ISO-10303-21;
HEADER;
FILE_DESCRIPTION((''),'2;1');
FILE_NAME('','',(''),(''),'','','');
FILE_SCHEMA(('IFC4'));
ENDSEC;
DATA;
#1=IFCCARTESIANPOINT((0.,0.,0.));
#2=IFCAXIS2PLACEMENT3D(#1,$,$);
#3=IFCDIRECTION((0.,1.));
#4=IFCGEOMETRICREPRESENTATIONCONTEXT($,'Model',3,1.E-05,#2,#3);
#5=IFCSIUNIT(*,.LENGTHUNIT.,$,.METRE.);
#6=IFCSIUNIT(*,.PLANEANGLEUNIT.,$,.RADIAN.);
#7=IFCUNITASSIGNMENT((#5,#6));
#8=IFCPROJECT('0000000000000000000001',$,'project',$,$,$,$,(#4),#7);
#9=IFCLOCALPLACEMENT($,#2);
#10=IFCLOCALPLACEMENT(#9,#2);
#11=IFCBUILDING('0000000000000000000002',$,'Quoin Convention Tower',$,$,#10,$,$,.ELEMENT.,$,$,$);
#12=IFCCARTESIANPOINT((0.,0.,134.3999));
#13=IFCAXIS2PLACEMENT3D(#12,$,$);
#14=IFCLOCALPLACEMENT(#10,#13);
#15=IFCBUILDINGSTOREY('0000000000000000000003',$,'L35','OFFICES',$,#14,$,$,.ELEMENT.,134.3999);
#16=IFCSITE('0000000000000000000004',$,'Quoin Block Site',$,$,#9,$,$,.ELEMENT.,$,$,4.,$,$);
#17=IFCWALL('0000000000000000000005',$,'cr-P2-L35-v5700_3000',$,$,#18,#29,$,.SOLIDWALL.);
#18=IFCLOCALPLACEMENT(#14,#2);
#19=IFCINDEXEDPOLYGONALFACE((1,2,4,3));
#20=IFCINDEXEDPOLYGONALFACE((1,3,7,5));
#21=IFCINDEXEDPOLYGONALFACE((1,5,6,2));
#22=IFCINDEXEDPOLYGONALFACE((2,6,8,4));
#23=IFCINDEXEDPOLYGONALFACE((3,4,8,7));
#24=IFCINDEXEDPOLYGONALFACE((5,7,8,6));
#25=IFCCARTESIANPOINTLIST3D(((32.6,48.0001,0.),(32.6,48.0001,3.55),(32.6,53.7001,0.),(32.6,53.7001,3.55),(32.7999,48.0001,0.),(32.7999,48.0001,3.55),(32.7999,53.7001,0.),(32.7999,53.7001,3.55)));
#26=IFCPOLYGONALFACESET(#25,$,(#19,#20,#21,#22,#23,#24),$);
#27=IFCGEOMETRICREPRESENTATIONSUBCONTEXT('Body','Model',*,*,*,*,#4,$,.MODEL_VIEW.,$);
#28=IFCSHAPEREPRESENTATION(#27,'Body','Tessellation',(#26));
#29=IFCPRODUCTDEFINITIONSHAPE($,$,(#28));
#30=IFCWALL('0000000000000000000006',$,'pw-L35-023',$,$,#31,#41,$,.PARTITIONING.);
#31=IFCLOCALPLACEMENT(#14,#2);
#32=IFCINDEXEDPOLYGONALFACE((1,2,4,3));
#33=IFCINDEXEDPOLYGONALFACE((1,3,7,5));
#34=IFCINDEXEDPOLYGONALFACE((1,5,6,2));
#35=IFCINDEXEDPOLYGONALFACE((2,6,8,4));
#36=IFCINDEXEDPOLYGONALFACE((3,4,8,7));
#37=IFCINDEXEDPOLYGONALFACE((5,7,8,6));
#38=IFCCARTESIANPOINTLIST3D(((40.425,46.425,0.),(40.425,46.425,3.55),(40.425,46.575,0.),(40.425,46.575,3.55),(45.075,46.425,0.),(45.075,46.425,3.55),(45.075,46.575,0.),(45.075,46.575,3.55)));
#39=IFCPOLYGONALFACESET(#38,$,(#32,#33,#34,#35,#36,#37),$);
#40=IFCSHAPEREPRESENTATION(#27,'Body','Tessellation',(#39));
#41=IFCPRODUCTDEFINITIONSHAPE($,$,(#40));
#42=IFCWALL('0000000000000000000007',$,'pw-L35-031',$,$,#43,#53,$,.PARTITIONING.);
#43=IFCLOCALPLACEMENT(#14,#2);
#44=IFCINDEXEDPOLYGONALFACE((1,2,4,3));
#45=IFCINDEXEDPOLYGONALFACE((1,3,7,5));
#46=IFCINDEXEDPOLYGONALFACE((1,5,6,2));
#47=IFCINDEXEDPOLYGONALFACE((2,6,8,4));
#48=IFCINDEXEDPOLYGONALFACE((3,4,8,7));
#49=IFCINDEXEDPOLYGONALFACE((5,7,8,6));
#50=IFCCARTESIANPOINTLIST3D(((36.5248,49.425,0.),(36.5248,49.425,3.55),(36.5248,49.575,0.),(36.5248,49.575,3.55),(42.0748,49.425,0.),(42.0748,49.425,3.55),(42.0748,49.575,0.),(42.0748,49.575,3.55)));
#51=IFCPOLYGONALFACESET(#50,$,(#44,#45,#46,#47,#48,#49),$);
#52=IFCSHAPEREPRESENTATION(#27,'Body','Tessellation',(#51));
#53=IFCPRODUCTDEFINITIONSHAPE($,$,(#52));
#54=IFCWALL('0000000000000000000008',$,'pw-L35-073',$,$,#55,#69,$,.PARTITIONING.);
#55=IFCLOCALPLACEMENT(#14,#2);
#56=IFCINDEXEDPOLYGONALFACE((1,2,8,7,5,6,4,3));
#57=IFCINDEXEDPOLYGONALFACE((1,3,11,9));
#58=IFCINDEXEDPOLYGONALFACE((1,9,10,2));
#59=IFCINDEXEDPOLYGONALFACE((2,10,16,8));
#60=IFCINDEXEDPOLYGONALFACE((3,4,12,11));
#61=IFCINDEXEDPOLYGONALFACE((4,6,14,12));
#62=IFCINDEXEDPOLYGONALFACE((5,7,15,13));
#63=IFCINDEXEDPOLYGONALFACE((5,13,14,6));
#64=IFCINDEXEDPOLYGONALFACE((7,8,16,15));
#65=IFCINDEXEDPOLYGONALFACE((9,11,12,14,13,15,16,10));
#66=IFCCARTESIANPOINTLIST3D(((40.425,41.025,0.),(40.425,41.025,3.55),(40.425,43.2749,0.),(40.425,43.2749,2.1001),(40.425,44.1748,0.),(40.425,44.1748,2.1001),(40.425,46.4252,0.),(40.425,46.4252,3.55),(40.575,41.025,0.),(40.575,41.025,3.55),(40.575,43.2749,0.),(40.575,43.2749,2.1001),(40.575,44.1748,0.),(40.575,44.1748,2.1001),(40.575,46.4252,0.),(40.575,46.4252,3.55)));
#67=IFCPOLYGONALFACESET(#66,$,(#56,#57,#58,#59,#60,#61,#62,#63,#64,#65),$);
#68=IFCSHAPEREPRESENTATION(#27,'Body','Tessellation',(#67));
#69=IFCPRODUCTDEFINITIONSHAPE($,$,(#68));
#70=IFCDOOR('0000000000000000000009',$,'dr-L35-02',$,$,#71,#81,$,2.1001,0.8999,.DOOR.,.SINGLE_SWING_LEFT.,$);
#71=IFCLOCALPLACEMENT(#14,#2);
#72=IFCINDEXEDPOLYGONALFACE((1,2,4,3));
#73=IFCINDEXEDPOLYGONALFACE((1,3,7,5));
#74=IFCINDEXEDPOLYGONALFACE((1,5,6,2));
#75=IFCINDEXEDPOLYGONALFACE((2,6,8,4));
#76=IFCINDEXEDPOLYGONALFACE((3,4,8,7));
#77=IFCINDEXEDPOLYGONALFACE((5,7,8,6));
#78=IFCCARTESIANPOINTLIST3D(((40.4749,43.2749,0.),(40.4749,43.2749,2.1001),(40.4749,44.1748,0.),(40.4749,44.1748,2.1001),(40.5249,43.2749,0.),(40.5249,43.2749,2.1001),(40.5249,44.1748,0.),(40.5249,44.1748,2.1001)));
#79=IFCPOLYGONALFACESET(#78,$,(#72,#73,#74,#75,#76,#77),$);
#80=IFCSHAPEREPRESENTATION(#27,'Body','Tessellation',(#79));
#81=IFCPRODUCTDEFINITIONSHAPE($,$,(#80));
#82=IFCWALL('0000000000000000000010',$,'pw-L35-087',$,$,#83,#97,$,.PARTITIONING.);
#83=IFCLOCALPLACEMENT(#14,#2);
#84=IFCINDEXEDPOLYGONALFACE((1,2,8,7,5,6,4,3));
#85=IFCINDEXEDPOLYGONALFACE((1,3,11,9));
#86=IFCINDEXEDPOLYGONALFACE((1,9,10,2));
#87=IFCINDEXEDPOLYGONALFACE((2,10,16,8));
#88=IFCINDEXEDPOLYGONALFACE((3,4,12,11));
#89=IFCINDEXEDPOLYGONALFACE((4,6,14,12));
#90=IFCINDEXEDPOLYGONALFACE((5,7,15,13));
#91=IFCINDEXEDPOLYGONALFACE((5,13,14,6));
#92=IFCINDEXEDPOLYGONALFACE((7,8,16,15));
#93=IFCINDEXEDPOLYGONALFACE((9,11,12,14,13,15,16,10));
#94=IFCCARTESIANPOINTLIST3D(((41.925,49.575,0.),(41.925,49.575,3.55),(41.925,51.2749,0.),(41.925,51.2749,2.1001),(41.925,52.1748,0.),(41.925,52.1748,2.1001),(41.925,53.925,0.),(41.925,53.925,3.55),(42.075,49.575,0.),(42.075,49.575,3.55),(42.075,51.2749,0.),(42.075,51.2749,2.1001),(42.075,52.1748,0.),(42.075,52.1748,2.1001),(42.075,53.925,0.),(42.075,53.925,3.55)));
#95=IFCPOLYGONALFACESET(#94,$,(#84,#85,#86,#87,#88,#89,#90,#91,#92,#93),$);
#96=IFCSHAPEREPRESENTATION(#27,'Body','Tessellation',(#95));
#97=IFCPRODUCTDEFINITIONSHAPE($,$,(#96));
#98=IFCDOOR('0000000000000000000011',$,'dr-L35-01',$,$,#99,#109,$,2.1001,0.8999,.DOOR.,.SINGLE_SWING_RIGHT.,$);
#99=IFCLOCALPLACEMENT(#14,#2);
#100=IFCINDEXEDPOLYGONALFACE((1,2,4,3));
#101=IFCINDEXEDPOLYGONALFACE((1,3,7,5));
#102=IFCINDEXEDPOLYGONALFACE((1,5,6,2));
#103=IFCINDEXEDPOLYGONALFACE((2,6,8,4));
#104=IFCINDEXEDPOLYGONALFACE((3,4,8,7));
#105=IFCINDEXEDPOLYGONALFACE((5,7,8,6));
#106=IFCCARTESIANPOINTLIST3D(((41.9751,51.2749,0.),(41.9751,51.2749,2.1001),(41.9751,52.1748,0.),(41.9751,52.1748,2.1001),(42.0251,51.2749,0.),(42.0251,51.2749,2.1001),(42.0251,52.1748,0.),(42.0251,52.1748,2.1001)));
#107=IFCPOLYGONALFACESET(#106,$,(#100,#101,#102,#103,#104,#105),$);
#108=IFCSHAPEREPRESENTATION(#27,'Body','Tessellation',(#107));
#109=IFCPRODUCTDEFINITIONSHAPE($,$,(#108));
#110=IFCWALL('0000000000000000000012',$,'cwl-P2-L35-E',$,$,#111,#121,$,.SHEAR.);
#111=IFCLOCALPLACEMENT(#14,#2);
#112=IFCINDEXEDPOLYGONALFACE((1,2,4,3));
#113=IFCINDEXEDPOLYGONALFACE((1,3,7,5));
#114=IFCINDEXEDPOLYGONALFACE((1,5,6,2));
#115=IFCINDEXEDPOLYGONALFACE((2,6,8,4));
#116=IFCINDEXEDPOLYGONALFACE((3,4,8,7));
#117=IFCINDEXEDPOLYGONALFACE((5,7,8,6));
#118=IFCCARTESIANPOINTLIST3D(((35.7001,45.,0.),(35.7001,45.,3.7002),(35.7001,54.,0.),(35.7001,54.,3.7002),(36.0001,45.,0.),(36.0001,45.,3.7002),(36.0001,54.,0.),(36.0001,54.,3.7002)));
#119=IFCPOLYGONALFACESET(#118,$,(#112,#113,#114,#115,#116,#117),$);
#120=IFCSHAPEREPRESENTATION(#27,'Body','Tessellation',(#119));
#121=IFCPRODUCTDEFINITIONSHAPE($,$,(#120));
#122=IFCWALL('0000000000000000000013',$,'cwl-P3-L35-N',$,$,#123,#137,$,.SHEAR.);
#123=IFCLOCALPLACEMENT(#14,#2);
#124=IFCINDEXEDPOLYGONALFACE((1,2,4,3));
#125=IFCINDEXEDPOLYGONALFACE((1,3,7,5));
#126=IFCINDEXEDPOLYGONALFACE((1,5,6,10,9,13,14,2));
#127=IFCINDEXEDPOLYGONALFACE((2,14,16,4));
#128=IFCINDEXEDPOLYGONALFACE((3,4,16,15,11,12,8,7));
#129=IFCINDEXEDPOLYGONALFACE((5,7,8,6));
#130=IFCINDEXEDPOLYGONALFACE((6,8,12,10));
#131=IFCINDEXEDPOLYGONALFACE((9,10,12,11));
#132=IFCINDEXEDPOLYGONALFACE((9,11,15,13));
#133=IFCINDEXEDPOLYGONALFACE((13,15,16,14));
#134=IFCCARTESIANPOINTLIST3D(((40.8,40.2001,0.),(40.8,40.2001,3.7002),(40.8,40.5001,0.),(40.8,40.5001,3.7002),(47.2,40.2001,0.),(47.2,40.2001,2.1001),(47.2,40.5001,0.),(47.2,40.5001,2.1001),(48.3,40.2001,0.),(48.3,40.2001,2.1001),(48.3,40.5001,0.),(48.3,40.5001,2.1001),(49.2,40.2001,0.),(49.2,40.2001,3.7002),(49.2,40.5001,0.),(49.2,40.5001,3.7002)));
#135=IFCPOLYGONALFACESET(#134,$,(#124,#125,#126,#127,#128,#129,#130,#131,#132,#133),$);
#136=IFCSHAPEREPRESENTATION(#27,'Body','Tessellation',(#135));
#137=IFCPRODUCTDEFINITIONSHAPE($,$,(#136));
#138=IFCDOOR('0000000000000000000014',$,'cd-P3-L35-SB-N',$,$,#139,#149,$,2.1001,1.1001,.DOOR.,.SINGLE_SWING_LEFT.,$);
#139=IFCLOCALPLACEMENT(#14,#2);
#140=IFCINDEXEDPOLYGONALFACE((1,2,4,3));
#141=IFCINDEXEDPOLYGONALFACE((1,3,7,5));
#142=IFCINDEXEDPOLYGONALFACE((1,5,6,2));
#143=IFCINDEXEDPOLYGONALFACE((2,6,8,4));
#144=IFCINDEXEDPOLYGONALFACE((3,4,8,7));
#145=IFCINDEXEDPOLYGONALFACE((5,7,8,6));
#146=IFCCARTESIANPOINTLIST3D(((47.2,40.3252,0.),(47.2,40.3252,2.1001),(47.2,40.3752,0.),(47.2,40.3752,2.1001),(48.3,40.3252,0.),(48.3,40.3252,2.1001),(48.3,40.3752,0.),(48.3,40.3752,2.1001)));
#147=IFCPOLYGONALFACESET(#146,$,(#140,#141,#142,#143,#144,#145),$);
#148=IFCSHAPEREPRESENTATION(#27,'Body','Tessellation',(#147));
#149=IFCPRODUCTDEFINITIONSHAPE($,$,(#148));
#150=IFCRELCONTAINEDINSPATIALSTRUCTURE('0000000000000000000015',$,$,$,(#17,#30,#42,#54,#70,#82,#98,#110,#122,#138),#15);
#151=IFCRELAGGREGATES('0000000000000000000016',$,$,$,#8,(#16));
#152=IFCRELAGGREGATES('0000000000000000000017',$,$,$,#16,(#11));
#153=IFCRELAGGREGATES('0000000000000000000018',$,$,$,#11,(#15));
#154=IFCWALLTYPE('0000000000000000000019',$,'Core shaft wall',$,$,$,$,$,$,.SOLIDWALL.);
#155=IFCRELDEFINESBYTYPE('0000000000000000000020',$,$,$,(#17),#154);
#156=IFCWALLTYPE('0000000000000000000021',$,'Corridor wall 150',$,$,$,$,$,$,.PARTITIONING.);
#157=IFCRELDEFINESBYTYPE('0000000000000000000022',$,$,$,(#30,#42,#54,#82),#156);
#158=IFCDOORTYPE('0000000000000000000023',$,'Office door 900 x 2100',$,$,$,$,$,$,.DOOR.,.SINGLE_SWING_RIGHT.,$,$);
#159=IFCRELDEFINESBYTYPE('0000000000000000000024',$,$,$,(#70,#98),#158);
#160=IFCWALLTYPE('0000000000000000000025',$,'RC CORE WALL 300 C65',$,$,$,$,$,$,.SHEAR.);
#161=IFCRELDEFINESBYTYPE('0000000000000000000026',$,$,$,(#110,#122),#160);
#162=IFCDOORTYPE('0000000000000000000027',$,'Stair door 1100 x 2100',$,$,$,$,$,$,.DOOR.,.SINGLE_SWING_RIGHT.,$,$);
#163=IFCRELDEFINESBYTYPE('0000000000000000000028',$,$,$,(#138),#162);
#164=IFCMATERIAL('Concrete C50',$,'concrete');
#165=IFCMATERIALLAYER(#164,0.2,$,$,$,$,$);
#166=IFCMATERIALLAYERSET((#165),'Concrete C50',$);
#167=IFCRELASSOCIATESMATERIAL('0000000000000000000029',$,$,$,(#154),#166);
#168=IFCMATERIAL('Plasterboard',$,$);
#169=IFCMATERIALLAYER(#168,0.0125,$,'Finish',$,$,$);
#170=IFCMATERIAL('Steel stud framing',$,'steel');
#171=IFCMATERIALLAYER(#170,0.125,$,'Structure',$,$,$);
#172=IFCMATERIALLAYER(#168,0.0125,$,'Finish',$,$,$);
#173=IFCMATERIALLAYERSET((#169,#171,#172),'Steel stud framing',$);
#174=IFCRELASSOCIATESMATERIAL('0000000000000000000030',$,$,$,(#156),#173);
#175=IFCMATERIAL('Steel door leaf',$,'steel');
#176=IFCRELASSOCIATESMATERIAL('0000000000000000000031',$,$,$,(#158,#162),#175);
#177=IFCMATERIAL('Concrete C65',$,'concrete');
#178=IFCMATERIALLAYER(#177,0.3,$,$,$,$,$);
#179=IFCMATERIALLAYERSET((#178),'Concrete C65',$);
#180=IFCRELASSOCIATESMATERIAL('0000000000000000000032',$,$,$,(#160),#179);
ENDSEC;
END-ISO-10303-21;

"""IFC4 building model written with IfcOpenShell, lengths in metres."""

from ifc_helpers import new_model, si_unit, direction, frame, frame_2d, origin, place, context, subcontext, project, spatial, rectangle, extrude, material, layer, layer_set, type_object, element, fill, save


model = new_model("IFC4")

# Units and contexts
model_context = context("Model", 3, precision=1e-05, world=origin(), true_north=direction((0.0, 1.0)))
body_context = subcontext(model_context, "Body", "Model", "MODEL_VIEW")
ifc_project = project(units=[si_unit("LENGTHUNIT", "METRE"), si_unit("PLANEANGLEUNIT", "RADIAN")], contexts=[model_context])

# Site, building, storey
site_placement = place(None, origin())
site = spatial("IfcSite", under=ifc_project, at=site_placement, Name="Quoin Block Site", CompositionType="ELEMENT", RefElevation=4.0)
building_placement = place(site_placement, origin())
building = spatial("IfcBuilding", under=site, at=building_placement, Name="Quoin Convention Tower", CompositionType="ELEMENT")
storey_placement = place(building_placement, frame((0.0, 0.0, 134.3999)))
storey = spatial("IfcBuildingStorey", under=building, at=storey_placement, Name="L35", Description="OFFICES", CompositionType="ELEMENT", Elevation=134.3999)

# Shared definitions
ifc_material_1 = material(Name="Concrete C65", Category="concrete")

# Walls
ifc_material_2 = material(Name="Concrete C50", Category="concrete")
ifc_layer_1 = layer(ifc_material_2, 0.2)
ifc_layer_set_1 = layer_set([ifc_layer_1], Name="Concrete C50")
wall_type_1 = type_object("IfcWallType", Name="Core shaft wall", PredefinedType="SOLIDWALL", material=ifc_layer_set_1)
for number, where, z_axis, x_axis, name in (
    (1, (32.7, 48.0, 0.0), (0.0, 0.0, 1.0), (0.0, 1.0, 0.0), "cr-P2-L35-v5700_3000"),
):
    element("IfcWall", number, at=place(storey_placement, frame(where, z_axis=z_axis, x_axis=x_axis)), inside=storey, type_object=wall_type_1, Name=name, PredefinedType="SOLIDWALL", context=body_context, shape_type="SweptSolid", body=[
        extrude(rectangle(XDim=5.7, YDim=0.2, at=frame_2d((2.8501, 0.0))), origin(), (0.0, 0.0, 1.0), 3.55),
    ])
ifc_material_3 = material(Name="Plasterboard")
ifc_layer_2 = layer(ifc_material_3, 0.0125, Name="Finish")
ifc_material_4 = material(Name="Steel stud framing", Category="steel")
ifc_layer_3 = layer(ifc_material_4, 0.125, Name="Structure")
ifc_layer_4 = layer(ifc_material_3, 0.0125, Name="Finish")
ifc_layer_set_2 = layer_set([ifc_layer_2, ifc_layer_3, ifc_layer_4], Name="Steel stud framing")
wall_type_2 = type_object("IfcWallType", Name="Corridor wall 150", PredefinedType="PARTITIONING", material=ifc_layer_set_2)
wall_1_placement = place(storey_placement, frame((40.425, 46.5, 0.0), z_axis=(0.0, 0.0, 1.0), x_axis=(1.0, 0.0, 0.0)))
element("IfcWall", 2, at=wall_1_placement, inside=storey, type_object=wall_type_2, Name="pw-L35-023", PredefinedType="PARTITIONING", context=body_context, shape_type="SweptSolid", body=[
    extrude(rectangle(XDim=4.6499, YDim=0.1499, at=frame_2d((2.325, 0.0))), origin(), (0.0, 0.0, 1.0), 3.55),
])
wall_2_placement = place(storey_placement, frame((36.5249, 49.5, 0.0), z_axis=(0.0, 0.0, 1.0), x_axis=(1.0, 0.0, 0.0)))
element("IfcWall", 3, at=wall_2_placement, inside=storey, type_object=wall_type_2, Name="pw-L35-031", PredefinedType="PARTITIONING", context=body_context, shape_type="SweptSolid", body=[
    extrude(rectangle(XDim=5.55, YDim=0.1499, at=frame_2d((2.7749, 0.0))), origin(), (0.0, 0.0, 1.0), 3.55),
])

# Walls, openings, doors
wall_3_placement = place(storey_placement, frame((40.5, 41.0249, 0.0), z_axis=(0.0, 0.0, 1.0), x_axis=(0.0, 1.0, 0.0)))
wall_3 = element("IfcWall", 4, at=wall_3_placement, inside=storey, type_object=wall_type_2, Name="pw-L35-073", PredefinedType="PARTITIONING", context=body_context, shape_type="SweptSolid", body=[
    extrude(rectangle(XDim=5.4001, YDim=0.1499, at=frame_2d((2.7002, 0.0))), origin(), (0.0, 0.0, 1.0), 3.55),
])
opening_1_placement = place(wall_3_placement, frame((2.25, 0.0, 0.0)))
opening_1 = element("IfcOpeningElement", 5, at=opening_1_placement, cuts=wall_3, PredefinedType="OPENING", context=body_context, shape_type="SweptSolid", body=[
    extrude(rectangle(XDim=0.8999, YDim=2.1001, at=frame_2d((0.45, 1.05))), frame((0.0, 0.085, 0.0), z_axis=(0.0, -1.0, 0.0), x_axis=(1.0, 0.0, 0.0)), (0.0, 0.0, 1.0), 0.1699),
])
ifc_material_5 = material(Name="Steel door leaf", Category="steel")
door_type_1 = type_object("IfcDoorType", Name="Office door 900 x 2100", OperationType="SINGLE_SWING_RIGHT", PredefinedType="DOOR", material=ifc_material_5)
door_1_placement = place(opening_1_placement, frame((0.8999, 0.0, 0.0), z_axis=(0.0, 0.0, 1.0), x_axis=(-1.0, 0.0, 0.0)))
door_1 = element("IfcDoor", 6, at=door_1_placement, inside=storey, type_object=door_type_1, Name="dr-L35-02", OperationType="SINGLE_SWING_LEFT", OverallHeight=2.1001, OverallWidth=0.8999, PredefinedType="DOOR", context=body_context, shape_type="SweptSolid", body=[
    extrude(rectangle(XDim=0.8999, YDim=2.1001, at=frame_2d((0.45, 1.05))), frame((0.0, 0.0249, 0.0), z_axis=(0.0, -1.0, 0.0), x_axis=(1.0, 0.0, 0.0)), (0.0, 0.0, 1.0), 0.05),
])
fill(opening_1, door_1)
wall_4_placement = place(storey_placement, frame((42.0, 49.575, 0.0), z_axis=(0.0, 0.0, 1.0), x_axis=(0.0, 1.0, 0.0)))
wall_4 = element("IfcWall", 7, at=wall_4_placement, inside=storey, type_object=wall_type_2, Name="pw-L35-087", PredefinedType="PARTITIONING", context=body_context, shape_type="SweptSolid", body=[
    extrude(rectangle(XDim=4.3501, YDim=0.1499, at=frame_2d((2.175, 0.0))), origin(), (0.0, 0.0, 1.0), 3.55),
])
opening_2_placement = place(wall_4_placement, frame((1.7, 0.0, 0.0)))
opening_2 = element("IfcOpeningElement", 8, at=opening_2_placement, cuts=wall_4, PredefinedType="OPENING", context=body_context, shape_type="SweptSolid", body=[
    extrude(rectangle(XDim=0.8999, YDim=2.1001, at=frame_2d((0.45, 1.05))), frame((0.0, 0.085, 0.0), z_axis=(0.0, -1.0, 0.0), x_axis=(1.0, 0.0, 0.0)), (0.0, 0.0, 1.0), 0.1699),
])
door_2_placement = place(opening_2_placement, origin())
door_2 = element("IfcDoor", 9, at=door_2_placement, inside=storey, type_object=door_type_1, Name="dr-L35-01", OperationType="SINGLE_SWING_RIGHT", OverallHeight=2.1001, OverallWidth=0.8999, PredefinedType="DOOR", context=body_context, shape_type="SweptSolid", body=[
    extrude(rectangle(XDim=0.8999, YDim=2.1001, at=frame_2d((0.45, 1.05))), frame((0.0, 0.0249, 0.0), z_axis=(0.0, -1.0, 0.0), x_axis=(1.0, 0.0, 0.0)), (0.0, 0.0, 1.0), 0.05),
])
fill(opening_2, door_2)

# Wall
ifc_layer_5 = layer(ifc_material_1, 0.3)
ifc_layer_set_3 = layer_set([ifc_layer_5], Name="Concrete C65")
wall_type_3 = type_object("IfcWallType", Name="RC CORE WALL 300 C65", PredefinedType="SHEAR", material=ifc_layer_set_3)
wall_5_placement = place(storey_placement, frame((35.8501, 45.0, 0.0), z_axis=(0.0, 0.0, 1.0), x_axis=(0.0, 1.0, 0.0)))
element("IfcWall", 10, at=wall_5_placement, inside=storey, type_object=wall_type_3, Name="cwl-P2-L35-E", PredefinedType="SHEAR", context=body_context, shape_type="SweptSolid", body=[
    extrude(rectangle(XDim=9.0, YDim=0.3, at=frame_2d((4.5, 0.0))), origin(), (0.0, 0.0, 1.0), 3.7002),
])

# Wall, opening, door
wall_6_placement = place(storey_placement, frame((40.8, 40.3501, 0.0), z_axis=(0.0, 0.0, 1.0), x_axis=(1.0, 0.0, 0.0)))
wall_6 = element("IfcWall", 11, at=wall_6_placement, inside=storey, type_object=wall_type_3, Name="cwl-P3-L35-N", PredefinedType="SHEAR", context=body_context, shape_type="SweptSolid", body=[
    extrude(rectangle(XDim=8.3999, YDim=0.3, at=frame_2d((4.2, 0.0))), origin(), (0.0, 0.0, 1.0), 3.7002),
])
opening_3_placement = place(wall_6_placement, frame((6.3999, 0.0, 0.0)))
opening_3 = element("IfcOpeningElement", 12, at=opening_3_placement, cuts=wall_6, PredefinedType="OPENING", context=body_context, shape_type="SweptSolid", body=[
    extrude(rectangle(XDim=1.1001, YDim=2.1001, at=frame_2d((0.55, 1.05))), frame((0.0, 0.1599, 0.0), z_axis=(0.0, -1.0, 0.0), x_axis=(1.0, 0.0, 0.0)), (0.0, 0.0, 1.0), 0.3201),
])
door_type_2 = type_object("IfcDoorType", Name="Stair door 1100 x 2100", OperationType="SINGLE_SWING_RIGHT", PredefinedType="DOOR", material=ifc_material_5)
door_3_placement = place(opening_3_placement, frame((1.1001, 0.0, 0.0), z_axis=(0.0, 0.0, 1.0), x_axis=(-1.0, 0.0, 0.0)))
door_3 = element("IfcDoor", 13, at=door_3_placement, inside=storey, type_object=door_type_2, Name="cd-P3-L35-SB-N", OperationType="SINGLE_SWING_LEFT", OverallHeight=2.1001, OverallWidth=1.1001, PredefinedType="DOOR", context=body_context, shape_type="SweptSolid", body=[
    extrude(rectangle(XDim=1.1001, YDim=2.1001, at=frame_2d((0.55, 1.05))), frame((0.0, 0.0249, 0.0), z_axis=(0.0, -1.0, 0.0), x_axis=(1.0, 0.0, 0.0)), (0.0, 0.0, 1.0), 0.05),
])
fill(opening_3, door_3)

save(model, "model.ifc")
